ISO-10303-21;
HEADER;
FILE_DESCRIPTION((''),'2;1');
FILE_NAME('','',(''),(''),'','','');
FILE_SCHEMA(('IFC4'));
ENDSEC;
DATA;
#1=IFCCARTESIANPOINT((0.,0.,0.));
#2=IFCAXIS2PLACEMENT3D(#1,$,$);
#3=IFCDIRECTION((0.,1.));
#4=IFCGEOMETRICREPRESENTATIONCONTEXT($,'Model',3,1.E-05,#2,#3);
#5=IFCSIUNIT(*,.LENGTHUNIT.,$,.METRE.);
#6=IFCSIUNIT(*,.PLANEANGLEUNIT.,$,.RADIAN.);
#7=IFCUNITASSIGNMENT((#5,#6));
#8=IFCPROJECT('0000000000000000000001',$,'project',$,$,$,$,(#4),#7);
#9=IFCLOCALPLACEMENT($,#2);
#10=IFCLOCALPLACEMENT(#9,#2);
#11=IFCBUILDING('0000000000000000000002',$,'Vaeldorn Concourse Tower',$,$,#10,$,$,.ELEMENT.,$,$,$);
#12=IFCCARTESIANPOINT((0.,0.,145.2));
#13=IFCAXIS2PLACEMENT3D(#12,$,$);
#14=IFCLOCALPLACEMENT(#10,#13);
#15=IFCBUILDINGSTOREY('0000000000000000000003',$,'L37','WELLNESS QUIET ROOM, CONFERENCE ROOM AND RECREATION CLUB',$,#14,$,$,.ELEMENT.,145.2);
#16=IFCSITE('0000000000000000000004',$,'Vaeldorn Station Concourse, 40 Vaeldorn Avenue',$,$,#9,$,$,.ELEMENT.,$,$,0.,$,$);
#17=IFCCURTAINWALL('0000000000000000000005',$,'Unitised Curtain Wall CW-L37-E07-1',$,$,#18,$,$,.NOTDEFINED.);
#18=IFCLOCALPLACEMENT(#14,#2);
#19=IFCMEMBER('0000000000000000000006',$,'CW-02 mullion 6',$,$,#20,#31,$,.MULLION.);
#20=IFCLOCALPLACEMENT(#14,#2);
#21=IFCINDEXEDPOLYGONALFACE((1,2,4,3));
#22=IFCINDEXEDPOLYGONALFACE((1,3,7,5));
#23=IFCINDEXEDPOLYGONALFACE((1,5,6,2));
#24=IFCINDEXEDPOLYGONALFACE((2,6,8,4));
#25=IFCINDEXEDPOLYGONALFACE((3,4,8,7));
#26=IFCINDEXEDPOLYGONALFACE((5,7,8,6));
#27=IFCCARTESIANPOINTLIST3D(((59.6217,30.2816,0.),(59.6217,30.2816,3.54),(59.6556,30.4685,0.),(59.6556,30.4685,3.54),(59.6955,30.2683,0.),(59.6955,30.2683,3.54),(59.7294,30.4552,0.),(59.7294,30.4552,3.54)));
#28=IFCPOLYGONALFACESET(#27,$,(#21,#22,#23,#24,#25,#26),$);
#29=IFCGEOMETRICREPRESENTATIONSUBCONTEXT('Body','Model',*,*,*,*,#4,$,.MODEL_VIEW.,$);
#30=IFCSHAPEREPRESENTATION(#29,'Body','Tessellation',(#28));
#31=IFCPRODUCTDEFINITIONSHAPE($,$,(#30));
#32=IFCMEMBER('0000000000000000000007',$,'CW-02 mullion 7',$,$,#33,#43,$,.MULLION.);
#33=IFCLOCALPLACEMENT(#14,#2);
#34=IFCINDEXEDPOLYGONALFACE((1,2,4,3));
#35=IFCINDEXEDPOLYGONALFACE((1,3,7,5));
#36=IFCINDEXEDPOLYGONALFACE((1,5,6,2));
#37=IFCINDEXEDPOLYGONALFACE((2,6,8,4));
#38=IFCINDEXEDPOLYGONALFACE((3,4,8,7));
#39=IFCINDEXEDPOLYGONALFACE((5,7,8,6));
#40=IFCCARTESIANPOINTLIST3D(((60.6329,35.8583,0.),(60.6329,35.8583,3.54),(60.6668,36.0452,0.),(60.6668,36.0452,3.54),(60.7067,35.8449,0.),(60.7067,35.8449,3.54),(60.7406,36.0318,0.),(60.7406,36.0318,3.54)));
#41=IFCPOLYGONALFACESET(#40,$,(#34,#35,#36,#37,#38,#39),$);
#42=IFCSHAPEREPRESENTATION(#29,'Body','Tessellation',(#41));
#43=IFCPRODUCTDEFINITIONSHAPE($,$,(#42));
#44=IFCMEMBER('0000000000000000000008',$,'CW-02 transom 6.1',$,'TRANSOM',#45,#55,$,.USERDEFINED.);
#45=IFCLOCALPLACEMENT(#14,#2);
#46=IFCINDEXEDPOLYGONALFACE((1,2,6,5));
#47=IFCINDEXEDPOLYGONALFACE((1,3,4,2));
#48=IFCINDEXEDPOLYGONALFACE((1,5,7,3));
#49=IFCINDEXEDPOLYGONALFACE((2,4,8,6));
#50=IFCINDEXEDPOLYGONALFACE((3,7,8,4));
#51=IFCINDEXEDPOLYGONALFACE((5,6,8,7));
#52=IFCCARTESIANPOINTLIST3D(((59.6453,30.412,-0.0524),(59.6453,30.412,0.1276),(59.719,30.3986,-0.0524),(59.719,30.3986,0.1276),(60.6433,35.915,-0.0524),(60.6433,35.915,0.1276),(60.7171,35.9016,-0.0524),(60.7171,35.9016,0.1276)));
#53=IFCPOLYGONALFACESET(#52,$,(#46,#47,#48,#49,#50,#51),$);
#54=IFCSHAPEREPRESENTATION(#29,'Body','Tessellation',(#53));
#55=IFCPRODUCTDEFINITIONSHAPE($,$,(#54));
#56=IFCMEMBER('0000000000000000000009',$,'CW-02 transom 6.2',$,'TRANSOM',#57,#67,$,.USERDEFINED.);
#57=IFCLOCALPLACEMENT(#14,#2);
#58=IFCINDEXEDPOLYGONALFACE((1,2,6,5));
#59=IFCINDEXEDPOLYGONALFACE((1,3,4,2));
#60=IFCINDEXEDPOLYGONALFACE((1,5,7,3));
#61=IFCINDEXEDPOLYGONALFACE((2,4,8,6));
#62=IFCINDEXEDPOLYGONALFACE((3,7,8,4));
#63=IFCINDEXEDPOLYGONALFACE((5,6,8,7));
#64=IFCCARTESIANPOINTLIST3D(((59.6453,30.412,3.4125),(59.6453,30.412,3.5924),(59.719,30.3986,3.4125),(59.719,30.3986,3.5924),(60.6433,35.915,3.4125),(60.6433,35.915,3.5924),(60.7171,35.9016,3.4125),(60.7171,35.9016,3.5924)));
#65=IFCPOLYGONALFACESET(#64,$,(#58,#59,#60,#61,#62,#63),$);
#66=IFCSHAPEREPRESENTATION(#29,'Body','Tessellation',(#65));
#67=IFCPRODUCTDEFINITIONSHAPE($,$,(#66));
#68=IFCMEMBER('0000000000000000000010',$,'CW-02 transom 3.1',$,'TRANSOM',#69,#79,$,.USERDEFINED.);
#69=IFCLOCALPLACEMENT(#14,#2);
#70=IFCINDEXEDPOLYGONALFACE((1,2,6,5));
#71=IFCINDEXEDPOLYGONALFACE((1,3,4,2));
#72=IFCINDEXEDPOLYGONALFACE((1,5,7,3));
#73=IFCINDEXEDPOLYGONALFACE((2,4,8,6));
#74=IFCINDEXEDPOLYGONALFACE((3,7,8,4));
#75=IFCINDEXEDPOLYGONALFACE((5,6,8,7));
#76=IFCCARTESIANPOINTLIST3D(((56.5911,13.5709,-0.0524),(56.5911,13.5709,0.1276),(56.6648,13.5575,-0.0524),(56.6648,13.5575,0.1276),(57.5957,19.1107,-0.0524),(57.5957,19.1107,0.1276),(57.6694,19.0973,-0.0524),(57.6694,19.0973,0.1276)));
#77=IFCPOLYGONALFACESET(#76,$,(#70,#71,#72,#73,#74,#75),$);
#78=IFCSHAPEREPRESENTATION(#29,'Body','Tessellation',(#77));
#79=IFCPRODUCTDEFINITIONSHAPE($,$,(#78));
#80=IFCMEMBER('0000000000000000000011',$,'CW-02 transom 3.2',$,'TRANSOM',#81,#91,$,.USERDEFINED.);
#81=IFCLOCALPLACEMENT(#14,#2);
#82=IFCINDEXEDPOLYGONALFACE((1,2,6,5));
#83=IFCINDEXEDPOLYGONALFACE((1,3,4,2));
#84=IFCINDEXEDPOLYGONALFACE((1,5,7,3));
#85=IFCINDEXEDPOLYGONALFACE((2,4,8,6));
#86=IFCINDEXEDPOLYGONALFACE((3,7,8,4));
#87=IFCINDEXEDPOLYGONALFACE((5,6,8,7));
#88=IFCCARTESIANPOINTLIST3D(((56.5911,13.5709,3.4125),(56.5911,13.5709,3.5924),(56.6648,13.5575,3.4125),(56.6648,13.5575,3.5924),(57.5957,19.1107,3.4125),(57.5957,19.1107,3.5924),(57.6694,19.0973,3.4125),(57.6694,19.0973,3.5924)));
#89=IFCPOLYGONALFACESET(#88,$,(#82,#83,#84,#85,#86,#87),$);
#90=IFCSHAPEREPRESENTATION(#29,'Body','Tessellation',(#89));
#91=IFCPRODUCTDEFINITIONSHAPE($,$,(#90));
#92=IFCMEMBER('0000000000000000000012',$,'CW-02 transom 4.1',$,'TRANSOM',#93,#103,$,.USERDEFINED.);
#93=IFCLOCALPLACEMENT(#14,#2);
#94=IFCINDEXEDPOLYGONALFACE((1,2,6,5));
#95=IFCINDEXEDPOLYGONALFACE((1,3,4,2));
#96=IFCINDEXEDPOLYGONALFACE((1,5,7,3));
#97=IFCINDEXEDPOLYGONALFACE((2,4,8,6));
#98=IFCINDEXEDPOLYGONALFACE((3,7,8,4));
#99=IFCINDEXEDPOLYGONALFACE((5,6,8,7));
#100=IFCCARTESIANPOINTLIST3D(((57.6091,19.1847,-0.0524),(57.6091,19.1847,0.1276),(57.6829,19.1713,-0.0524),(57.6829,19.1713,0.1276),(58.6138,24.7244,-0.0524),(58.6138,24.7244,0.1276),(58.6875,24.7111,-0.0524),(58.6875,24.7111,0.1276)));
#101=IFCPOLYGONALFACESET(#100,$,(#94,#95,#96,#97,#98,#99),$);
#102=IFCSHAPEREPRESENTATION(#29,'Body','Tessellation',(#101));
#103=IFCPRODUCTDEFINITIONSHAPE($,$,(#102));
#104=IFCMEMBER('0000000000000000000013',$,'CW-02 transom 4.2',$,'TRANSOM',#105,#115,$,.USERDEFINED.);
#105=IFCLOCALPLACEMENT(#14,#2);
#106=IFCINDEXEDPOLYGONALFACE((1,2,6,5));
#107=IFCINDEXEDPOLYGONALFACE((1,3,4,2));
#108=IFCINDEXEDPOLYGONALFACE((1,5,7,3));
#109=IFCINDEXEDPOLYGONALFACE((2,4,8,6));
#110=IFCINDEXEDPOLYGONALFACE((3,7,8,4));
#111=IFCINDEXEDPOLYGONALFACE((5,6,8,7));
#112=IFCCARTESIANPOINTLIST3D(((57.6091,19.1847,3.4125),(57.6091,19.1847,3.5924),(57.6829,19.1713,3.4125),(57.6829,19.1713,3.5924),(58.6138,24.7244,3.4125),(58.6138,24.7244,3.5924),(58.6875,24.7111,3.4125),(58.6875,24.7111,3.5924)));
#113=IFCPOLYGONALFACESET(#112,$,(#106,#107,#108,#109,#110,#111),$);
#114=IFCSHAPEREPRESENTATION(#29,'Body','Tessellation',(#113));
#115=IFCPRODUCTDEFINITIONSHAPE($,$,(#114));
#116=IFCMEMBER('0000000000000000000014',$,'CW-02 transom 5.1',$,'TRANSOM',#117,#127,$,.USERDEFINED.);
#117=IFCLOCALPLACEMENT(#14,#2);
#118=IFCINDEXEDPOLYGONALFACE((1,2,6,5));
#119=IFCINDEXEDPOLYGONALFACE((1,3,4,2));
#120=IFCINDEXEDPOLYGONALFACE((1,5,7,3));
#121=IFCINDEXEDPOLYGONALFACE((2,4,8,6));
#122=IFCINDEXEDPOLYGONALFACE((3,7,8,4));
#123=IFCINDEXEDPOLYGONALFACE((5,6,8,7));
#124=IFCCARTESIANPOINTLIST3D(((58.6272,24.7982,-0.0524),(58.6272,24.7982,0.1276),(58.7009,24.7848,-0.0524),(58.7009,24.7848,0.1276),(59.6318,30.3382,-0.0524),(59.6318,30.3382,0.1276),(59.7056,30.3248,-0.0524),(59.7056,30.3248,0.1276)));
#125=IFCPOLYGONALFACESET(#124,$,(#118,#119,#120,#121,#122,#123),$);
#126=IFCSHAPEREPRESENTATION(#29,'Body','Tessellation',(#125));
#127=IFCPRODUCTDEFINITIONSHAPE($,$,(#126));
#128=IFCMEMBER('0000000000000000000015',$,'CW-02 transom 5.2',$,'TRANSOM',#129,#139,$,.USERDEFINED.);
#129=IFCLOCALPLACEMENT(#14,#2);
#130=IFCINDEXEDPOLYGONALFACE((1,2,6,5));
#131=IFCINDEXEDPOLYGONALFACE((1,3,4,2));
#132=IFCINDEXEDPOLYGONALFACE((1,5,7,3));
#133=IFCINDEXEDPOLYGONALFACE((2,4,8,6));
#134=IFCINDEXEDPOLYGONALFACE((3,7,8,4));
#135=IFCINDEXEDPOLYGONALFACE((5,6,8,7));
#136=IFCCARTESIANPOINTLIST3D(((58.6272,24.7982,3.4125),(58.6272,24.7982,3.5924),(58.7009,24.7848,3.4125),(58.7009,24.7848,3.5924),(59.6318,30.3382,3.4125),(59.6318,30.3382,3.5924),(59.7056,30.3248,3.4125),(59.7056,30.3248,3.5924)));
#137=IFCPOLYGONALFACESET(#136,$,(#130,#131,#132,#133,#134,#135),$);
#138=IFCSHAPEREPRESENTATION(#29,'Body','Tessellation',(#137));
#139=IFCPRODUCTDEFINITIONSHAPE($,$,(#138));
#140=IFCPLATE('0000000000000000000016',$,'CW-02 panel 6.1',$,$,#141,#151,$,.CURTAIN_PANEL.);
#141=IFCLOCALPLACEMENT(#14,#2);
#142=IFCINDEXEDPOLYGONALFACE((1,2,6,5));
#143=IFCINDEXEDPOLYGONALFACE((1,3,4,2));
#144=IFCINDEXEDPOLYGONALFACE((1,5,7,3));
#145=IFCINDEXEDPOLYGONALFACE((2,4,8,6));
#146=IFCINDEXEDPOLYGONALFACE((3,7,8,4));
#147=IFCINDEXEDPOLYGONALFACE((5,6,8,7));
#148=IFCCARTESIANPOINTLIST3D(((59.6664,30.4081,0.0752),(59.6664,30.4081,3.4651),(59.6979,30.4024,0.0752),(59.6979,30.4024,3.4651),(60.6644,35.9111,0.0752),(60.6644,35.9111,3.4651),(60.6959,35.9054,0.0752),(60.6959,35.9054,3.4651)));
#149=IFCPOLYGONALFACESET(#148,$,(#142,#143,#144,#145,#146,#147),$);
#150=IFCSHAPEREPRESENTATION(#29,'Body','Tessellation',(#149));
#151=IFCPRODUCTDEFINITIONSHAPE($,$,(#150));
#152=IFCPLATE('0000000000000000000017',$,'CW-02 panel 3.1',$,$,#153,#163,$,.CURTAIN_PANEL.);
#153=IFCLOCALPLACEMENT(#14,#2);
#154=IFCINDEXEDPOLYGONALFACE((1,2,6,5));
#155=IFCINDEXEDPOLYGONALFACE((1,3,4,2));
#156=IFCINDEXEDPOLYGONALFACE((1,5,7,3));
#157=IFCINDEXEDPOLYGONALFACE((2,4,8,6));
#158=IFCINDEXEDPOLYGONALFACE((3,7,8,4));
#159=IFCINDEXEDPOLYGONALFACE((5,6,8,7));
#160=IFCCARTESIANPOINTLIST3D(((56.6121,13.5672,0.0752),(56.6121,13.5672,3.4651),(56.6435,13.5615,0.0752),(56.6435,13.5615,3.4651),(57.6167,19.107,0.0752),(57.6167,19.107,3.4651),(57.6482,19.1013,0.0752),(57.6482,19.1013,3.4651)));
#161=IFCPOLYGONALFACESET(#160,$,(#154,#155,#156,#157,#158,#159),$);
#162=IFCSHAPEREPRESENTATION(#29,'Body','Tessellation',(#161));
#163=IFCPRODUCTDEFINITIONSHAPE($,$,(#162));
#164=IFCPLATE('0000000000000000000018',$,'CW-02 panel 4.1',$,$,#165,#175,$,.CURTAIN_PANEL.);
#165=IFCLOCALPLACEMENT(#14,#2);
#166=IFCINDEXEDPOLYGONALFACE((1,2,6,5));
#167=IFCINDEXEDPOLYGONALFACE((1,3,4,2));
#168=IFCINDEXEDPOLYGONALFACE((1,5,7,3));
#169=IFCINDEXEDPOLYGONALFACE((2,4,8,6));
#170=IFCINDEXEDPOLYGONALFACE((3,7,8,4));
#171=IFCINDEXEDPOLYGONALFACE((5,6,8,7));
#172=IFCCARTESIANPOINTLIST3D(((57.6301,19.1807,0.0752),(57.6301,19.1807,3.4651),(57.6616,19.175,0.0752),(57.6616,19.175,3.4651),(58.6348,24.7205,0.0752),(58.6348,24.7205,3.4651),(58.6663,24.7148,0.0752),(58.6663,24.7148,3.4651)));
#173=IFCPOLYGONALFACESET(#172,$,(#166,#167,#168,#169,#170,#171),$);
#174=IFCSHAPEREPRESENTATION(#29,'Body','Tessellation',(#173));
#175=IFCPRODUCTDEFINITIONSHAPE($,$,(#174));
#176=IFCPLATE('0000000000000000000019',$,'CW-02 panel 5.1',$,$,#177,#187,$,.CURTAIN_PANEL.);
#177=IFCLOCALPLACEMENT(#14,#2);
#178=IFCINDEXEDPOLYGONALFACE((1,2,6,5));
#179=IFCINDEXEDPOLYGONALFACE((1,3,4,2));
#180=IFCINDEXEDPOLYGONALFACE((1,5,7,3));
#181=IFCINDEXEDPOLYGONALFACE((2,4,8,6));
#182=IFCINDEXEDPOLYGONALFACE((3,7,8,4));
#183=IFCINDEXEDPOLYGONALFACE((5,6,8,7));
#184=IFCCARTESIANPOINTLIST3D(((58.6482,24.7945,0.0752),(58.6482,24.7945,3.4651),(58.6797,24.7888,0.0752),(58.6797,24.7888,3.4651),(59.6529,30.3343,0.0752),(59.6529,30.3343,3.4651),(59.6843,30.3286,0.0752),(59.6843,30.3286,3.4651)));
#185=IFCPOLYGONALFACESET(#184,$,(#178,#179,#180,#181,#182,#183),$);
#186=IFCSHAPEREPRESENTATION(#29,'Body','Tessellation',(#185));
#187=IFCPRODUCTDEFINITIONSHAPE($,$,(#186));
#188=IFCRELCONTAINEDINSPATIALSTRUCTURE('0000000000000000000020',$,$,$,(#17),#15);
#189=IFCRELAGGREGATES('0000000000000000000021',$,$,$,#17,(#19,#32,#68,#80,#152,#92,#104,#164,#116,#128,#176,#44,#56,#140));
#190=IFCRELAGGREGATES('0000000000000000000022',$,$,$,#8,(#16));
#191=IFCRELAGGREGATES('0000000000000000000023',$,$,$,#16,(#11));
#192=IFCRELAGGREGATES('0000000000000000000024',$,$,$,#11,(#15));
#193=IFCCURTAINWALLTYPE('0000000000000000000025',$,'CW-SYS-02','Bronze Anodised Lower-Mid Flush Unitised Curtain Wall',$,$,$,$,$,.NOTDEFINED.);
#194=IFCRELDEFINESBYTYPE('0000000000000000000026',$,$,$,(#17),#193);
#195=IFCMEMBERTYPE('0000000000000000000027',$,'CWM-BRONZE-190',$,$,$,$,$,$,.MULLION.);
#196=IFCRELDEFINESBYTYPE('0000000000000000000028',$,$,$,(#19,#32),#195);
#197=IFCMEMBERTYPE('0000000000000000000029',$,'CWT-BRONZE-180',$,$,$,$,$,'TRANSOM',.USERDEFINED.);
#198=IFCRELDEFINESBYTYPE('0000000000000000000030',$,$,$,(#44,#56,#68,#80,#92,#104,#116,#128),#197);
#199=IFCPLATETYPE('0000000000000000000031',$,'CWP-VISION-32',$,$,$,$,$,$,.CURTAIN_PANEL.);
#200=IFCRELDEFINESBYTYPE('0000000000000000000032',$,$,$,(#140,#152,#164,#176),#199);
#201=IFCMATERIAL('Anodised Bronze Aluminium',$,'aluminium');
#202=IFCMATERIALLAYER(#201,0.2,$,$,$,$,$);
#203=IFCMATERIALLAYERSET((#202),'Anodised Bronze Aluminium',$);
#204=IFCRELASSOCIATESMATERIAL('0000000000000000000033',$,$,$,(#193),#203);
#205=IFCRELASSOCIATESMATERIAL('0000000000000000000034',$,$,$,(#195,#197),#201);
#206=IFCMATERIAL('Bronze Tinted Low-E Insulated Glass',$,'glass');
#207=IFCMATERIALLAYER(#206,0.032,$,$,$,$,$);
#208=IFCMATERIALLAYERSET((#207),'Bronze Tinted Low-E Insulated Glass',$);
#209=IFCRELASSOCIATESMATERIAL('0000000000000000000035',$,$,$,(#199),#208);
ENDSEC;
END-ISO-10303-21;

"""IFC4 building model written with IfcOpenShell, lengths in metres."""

from ifc_helpers import new_model, si_unit, direction, frame, origin, origin_2d, place, context, subcontext, project, spatial, rectangle, extrude, source, transform, mapped, material, layer, layer_set, material_profile, profile_set, type_object, element, aggregate, save


model = new_model("IFC4")

# Units and contexts
model_context = context("Model", 3, precision=1e-05, world=origin(), true_north=direction((0.0, 1.0)))
body_context = subcontext(model_context, "Body", "Model", "MODEL_VIEW")
ifc_project = project(units=[si_unit("LENGTHUNIT", "METRE"), si_unit("PLANEANGLEUNIT", "RADIAN")], contexts=[model_context])

# Site, building, storey
site_placement = place(None, origin())
site = spatial("IfcSite", under=ifc_project, at=site_placement, Name="Vaeldorn Station Concourse, 40 Vaeldorn Avenue", CompositionType="ELEMENT", RefElevation=0.0)
building_placement = place(site_placement, origin())
building = spatial("IfcBuilding", under=site, at=building_placement, Name="Vaeldorn Concourse Tower", CompositionType="ELEMENT")
storey_placement = place(building_placement, frame((0.0, 0.0, 145.2)))
storey = spatial("IfcBuildingStorey", under=building, at=storey_placement, Name="L37", Description="WELLNESS QUIET ROOM, CONFERENCE ROOM AND RECREATION CLUB", CompositionType="ELEMENT", Elevation=145.2)

# Curtain wall, members, plates
ifc_material_1 = material(Name="Anodised Bronze Aluminium", Category="aluminium")
ifc_layer_1 = layer(ifc_material_1, 0.2)
ifc_layer_set_1 = layer_set([ifc_layer_1], Name="Anodised Bronze Aluminium")
curtain_wall_type = type_object("IfcCurtainWallType", Name="CW-SYS-02", Description="Bronze Anodised Lower-Mid Flush Unitised Curtain Wall", PredefinedType="NOTDEFINED", material=ifc_layer_set_1)
curtain_wall_placement = place(storey_placement, origin())
curtain_wall = element("IfcCurtainWall", 1, at=curtain_wall_placement, inside=storey, type_object=curtain_wall_type, Name="Unitised Curtain Wall CW-L37-E07-1", PredefinedType="NOTDEFINED")
ifc_material_profile_1 = material_profile(ifc_material_1, rectangle(XDim=0.075, YDim=0.1899, at=origin_2d()), Name="CWM 75x190")
ifc_profile_set_1 = profile_set([ifc_material_profile_1], Name="Anodised Bronze Aluminium")
member_type_1 = type_object("IfcMemberType", Name="CWM-BRONZE-190", PredefinedType="MULLION", material=ifc_profile_set_1)
shared_shape_1 = source(origin(), body_context, "Body", "SweptSolid", [
    extrude(rectangle(XDim=0.075, YDim=0.1899, at=origin_2d()), origin(), (0.0, 0.0, 1.0), 3.54),
])
member_1_placement = place(storey_placement, frame((59.6755, 30.3684, 0.0), z_axis=(0.0, 0.0, 1.0), x_axis=(-0.98395, 0.178447, 0.0)))
member_1 = element("IfcMember", 2, at=member_1_placement, type_object=member_type_1, Name="CW-02 mullion 6", PredefinedType="MULLION", context=body_context, shape_type="MappedRepresentation", body=[
    mapped(shared_shape_1, transform((0.0, 0.0, 0.0), scale=1.0)),
])
member_2_placement = place(storey_placement, frame((60.6868, 35.9451, 0.0), z_axis=(0.0, 0.0, 1.0), x_axis=(-0.98395, 0.178447, 0.0)))
member_2 = element("IfcMember", 3, at=member_2_placement, type_object=member_type_1, Name="CW-02 mullion 7", PredefinedType="MULLION", context=body_context, shape_type="MappedRepresentation", body=[
    mapped(shared_shape_1, transform((0.0, 0.0, 0.0), scale=1.0)),
])
ifc_material_profile_2 = material_profile(ifc_material_1, rectangle(XDim=0.075, YDim=0.1799, at=origin_2d()), Name="CWT 75x180")
ifc_profile_set_2 = profile_set([ifc_material_profile_2], Name="Anodised Bronze Aluminium")
member_type_2 = type_object("IfcMemberType", Name="CWT-BRONZE-180", ElementType="TRANSOM", PredefinedType="USERDEFINED", material=ifc_profile_set_2)
shared_shape_2 = source(origin(), body_context, "Body", "SweptSolid", [
    extrude(rectangle(XDim=0.075, YDim=0.1799, at=origin_2d()), origin(), (0.0, 0.0, 1.0), 5.5928),
])
member_3_placement = place(storey_placement, frame((59.6821, 30.4053, 0.0376), z_axis=(0.178455, 0.983948, 0.0), x_axis=(-0.983948, 0.178455, 0.0)))
member_3 = element("IfcMember", 4, at=member_3_placement, type_object=member_type_2, Name="CW-02 transom 6.1", ObjectType="TRANSOM", PredefinedType="USERDEFINED", context=body_context, shape_type="MappedRepresentation", body=[
    mapped(shared_shape_2, transform((0.0, 0.0, 0.0), scale=1.0)),
])
member_4_placement = place(storey_placement, frame((59.6821, 30.4053, 3.5024), z_axis=(0.178455, 0.983948, 0.0), x_axis=(-0.983948, 0.178455, 0.0)))
member_4 = element("IfcMember", 5, at=member_4_placement, type_object=member_type_2, Name="CW-02 transom 6.2", ObjectType="TRANSOM", PredefinedType="USERDEFINED", context=body_context, shape_type="MappedRepresentation", body=[
    mapped(shared_shape_2, transform((0.0, 0.0, 0.0), scale=1.0)),
])
shared_shape_3 = source(origin(), body_context, "Body", "SweptSolid", [
    extrude(rectangle(XDim=0.075, YDim=0.1799, at=origin_2d()), origin(), (0.0, 0.0, 1.0), 5.6301),
])
member_5_placement = place(storey_placement, frame((56.6279, 13.5642, 0.0376), z_axis=(0.178439, 0.983951, 0.0), x_axis=(-0.983951, 0.178439, 0.0)))
member_5 = element("IfcMember", 6, at=member_5_placement, type_object=member_type_2, Name="CW-02 transom 3.1", ObjectType="TRANSOM", PredefinedType="USERDEFINED", context=body_context, shape_type="MappedRepresentation", body=[
    mapped(shared_shape_3, transform((0.0, 0.0, 0.0), scale=1.0)),
])
member_6_placement = place(storey_placement, frame((56.6279, 13.5642, 3.5024), z_axis=(0.178439, 0.983951, 0.0), x_axis=(-0.983951, 0.178439, 0.0)))
member_6 = element("IfcMember", 7, at=member_6_placement, type_object=member_type_2, Name="CW-02 transom 3.2", ObjectType="TRANSOM", PredefinedType="USERDEFINED", context=body_context, shape_type="MappedRepresentation", body=[
    mapped(shared_shape_3, transform((0.0, 0.0, 0.0), scale=1.0)),
])
member_7_placement = place(storey_placement, frame((57.646, 19.178, 0.0376), z_axis=(0.178439, 0.983951, 0.0), x_axis=(-0.983951, 0.178439, 0.0)))
member_7 = element("IfcMember", 8, at=member_7_placement, type_object=member_type_2, Name="CW-02 transom 4.1", ObjectType="TRANSOM", PredefinedType="USERDEFINED", context=body_context, shape_type="MappedRepresentation", body=[
    mapped(shared_shape_3, transform((0.0, 0.0, 0.0), scale=1.0)),
])
member_8_placement = place(storey_placement, frame((57.646, 19.178, 3.5024), z_axis=(0.178439, 0.983951, 0.0), x_axis=(-0.983951, 0.178439, 0.0)))
member_8 = element("IfcMember", 9, at=member_8_placement, type_object=member_type_2, Name="CW-02 transom 4.2", ObjectType="TRANSOM", PredefinedType="USERDEFINED", context=body_context, shape_type="MappedRepresentation", body=[
    mapped(shared_shape_3, transform((0.0, 0.0, 0.0), scale=1.0)),
])
shared_shape_4 = source(origin(), body_context, "Body", "SweptSolid", [
    extrude(rectangle(XDim=0.075, YDim=0.1799, at=origin_2d()), origin(), (0.0, 0.0, 1.0), 5.6304),
])
member_9_placement = place(storey_placement, frame((58.6641, 24.7915, 0.0376), z_axis=(0.178431, 0.983952, 0.0), x_axis=(-0.983952, 0.178431, 0.0)))
member_9 = element("IfcMember", 10, at=member_9_placement, type_object=member_type_2, Name="CW-02 transom 5.1", ObjectType="TRANSOM", PredefinedType="USERDEFINED", context=body_context, shape_type="MappedRepresentation", body=[
    mapped(shared_shape_4, transform((0.0, 0.0, 0.0), scale=1.0)),
])
member_10_placement = place(storey_placement, frame((58.6641, 24.7915, 3.5024), z_axis=(0.178431, 0.983952, 0.0), x_axis=(-0.983952, 0.178431, 0.0)))
member_10 = element("IfcMember", 11, at=member_10_placement, type_object=member_type_2, Name="CW-02 transom 5.2", ObjectType="TRANSOM", PredefinedType="USERDEFINED", context=body_context, shape_type="MappedRepresentation", body=[
    mapped(shared_shape_4, transform((0.0, 0.0, 0.0), scale=1.0)),
])
ifc_material_2 = material(Name="Bronze Tinted Low-E Insulated Glass", Category="glass")
ifc_layer_2 = layer(ifc_material_2, 0.032)
ifc_layer_set_2 = layer_set([ifc_layer_2], Name="Bronze Tinted Low-E Insulated Glass")
plate_type = type_object("IfcPlateType", Name="CWP-VISION-32", PredefinedType="CURTAIN_PANEL", material=ifc_layer_set_2)
shared_shape_5 = source(origin(), body_context, "Body", "SweptSolid", [
    extrude(rectangle(XDim=5.5928, YDim=0.032, at=origin_2d()), origin(), (0.0, 0.0, 1.0), 3.3899),
])
plate_1_placement = place(storey_placement, frame((60.1812, 33.1567, 0.0752), z_axis=(0.0, 0.0, 1.0), x_axis=(0.178447, 0.98395, 0.0)))
plate_1 = element("IfcPlate", 12, at=plate_1_placement, type_object=plate_type, Name="CW-02 panel 6.1", PredefinedType="CURTAIN_PANEL", context=body_context, shape_type="MappedRepresentation", body=[
    mapped(shared_shape_5, transform((0.0, 0.0, 0.0), scale=1.0)),
])
shared_shape_6 = source(origin(), body_context, "Body", "SweptSolid", [
    extrude(rectangle(XDim=5.6301, YDim=0.032, at=origin_2d()), origin(), (0.0, 0.0, 1.0), 3.3899),
])
plate_2_placement = place(storey_placement, frame((57.1301, 16.3342, 0.0752), z_axis=(0.0, 0.0, 1.0), x_axis=(0.178447, 0.98395, 0.0)))
plate_2 = element("IfcPlate", 13, at=plate_2_placement, type_object=plate_type, Name="CW-02 panel 3.1", PredefinedType="CURTAIN_PANEL", context=body_context, shape_type="MappedRepresentation", body=[
    mapped(shared_shape_6, transform((0.0, 0.0, 0.0), scale=1.0)),
])
plate_3_placement = place(storey_placement, frame((58.1482, 21.9478, 0.0752), z_axis=(0.0, 0.0, 1.0), x_axis=(0.178447, 0.98395, 0.0)))
plate_3 = element("IfcPlate", 14, at=plate_3_placement, type_object=plate_type, Name="CW-02 panel 4.1", PredefinedType="CURTAIN_PANEL", context=body_context, shape_type="MappedRepresentation", body=[
    mapped(shared_shape_6, transform((0.0, 0.0, 0.0), scale=1.0)),
])
plate_4_placement = place(storey_placement, frame((59.1663, 27.5615, 0.0752), z_axis=(0.0, 0.0, 1.0), x_axis=(0.178447, 0.98395, 0.0)))
plate_4 = element("IfcPlate", 15, at=plate_4_placement, type_object=plate_type, Name="CW-02 panel 5.1", PredefinedType="CURTAIN_PANEL", context=body_context, shape_type="MappedRepresentation", body=[
    mapped(shared_shape_6, transform((0.0, 0.0, 0.0), scale=1.0)),
])
aggregate(curtain_wall, [member_1, member_2, member_5, member_6, plate_2, member_7, member_8, plate_3, member_9, member_10, plate_4, member_3, member_4, plate_1])

save(model, "model.ifc")
